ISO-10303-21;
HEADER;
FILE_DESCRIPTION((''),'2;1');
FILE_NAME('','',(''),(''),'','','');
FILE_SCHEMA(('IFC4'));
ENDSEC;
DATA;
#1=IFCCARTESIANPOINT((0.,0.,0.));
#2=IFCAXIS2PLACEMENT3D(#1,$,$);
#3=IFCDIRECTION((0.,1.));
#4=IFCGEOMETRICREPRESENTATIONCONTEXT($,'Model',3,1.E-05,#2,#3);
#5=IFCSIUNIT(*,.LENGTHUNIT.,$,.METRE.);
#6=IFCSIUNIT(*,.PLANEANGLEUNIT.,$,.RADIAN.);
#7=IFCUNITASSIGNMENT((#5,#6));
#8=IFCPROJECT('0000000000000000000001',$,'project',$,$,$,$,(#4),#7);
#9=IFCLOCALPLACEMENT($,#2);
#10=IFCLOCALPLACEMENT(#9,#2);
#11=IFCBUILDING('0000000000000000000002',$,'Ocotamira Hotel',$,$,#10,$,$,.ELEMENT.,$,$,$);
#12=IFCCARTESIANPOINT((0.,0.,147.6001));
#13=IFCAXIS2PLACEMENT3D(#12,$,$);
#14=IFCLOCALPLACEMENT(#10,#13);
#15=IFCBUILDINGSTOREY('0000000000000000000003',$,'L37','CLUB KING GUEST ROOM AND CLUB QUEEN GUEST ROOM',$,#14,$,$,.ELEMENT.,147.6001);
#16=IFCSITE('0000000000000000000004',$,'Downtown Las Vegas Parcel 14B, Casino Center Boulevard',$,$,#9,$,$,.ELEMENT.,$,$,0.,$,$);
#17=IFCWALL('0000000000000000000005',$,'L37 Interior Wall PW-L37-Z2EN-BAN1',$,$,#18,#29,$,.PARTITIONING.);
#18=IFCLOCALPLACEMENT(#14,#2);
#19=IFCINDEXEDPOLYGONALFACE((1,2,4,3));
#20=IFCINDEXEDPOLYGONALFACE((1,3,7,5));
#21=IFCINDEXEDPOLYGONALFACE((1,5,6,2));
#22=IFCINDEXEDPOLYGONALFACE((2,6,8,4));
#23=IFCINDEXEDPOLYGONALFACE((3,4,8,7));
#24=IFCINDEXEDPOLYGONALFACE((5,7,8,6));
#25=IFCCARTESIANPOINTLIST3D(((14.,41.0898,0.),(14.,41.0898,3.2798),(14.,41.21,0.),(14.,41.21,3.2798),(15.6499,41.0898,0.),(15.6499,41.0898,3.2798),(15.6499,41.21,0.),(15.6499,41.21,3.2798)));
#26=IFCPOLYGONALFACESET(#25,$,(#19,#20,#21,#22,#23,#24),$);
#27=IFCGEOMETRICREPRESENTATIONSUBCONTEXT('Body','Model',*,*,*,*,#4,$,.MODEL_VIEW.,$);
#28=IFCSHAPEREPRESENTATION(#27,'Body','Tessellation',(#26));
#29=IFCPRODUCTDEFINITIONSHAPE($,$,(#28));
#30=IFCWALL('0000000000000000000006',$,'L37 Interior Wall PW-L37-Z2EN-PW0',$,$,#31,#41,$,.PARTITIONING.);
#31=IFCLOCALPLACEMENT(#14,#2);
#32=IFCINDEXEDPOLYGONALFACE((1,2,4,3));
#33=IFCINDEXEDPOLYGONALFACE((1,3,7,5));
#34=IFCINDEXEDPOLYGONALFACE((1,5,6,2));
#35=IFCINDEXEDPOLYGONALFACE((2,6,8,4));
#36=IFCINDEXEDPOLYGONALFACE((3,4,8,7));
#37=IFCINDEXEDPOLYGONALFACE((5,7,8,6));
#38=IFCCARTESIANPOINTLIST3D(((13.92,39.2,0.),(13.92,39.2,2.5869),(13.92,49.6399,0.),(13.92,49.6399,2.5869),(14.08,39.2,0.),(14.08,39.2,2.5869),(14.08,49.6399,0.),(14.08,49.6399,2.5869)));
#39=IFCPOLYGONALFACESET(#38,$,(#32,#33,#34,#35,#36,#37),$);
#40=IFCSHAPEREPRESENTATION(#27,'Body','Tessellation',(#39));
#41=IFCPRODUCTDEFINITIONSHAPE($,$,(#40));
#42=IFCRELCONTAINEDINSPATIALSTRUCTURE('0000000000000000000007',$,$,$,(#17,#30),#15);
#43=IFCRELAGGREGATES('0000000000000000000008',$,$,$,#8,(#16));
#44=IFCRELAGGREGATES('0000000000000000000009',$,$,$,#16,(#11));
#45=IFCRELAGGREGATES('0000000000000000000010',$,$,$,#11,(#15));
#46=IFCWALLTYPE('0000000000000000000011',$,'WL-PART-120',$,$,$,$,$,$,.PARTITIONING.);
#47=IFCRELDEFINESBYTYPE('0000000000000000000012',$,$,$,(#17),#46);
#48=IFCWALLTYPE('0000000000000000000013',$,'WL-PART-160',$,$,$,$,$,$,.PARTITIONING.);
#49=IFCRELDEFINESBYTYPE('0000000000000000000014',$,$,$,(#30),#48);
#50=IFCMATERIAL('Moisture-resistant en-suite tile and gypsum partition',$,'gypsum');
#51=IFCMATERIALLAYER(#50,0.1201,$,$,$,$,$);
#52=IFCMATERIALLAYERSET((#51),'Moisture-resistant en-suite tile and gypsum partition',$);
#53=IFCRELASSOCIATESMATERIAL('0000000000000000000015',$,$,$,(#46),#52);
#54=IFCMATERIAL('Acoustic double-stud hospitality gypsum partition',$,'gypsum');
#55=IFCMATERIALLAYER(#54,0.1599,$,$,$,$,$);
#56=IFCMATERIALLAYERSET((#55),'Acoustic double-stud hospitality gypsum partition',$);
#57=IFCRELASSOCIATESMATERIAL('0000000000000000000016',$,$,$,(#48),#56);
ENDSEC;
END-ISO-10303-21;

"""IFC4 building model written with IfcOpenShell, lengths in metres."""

from ifc_helpers import new_model, si_unit, direction, frame, frame_2d, origin, place, context, subcontext, project, spatial, rectangle, extrude, material, layer, layer_set, type_object, element, save


model = new_model("IFC4")

# Units and contexts
model_context = context("Model", 3, precision=1e-05, world=origin(), true_north=direction((0.0, 1.0)))
body_context = subcontext(model_context, "Body", "Model", "MODEL_VIEW")
ifc_project = project(units=[si_unit("LENGTHUNIT", "METRE"), si_unit("PLANEANGLEUNIT", "RADIAN")], contexts=[model_context])

# Site, building, storey
site_placement = place(None, origin())
site = spatial("IfcSite", under=ifc_project, at=site_placement, Name="Downtown Las Vegas Parcel 14B, Casino Center Boulevard", CompositionType="ELEMENT", RefElevation=0.0)
building_placement = place(site_placement, origin())
building = spatial("IfcBuilding", under=site, at=building_placement, Name="Ocotamira Hotel", CompositionType="ELEMENT")
storey_placement = place(building_placement, frame((0.0, 0.0, 147.6001)))
storey = spatial("IfcBuildingStorey", under=building, at=storey_placement, Name="L37", Description="CLUB KING GUEST ROOM AND CLUB QUEEN GUEST ROOM", CompositionType="ELEMENT", Elevation=147.6001)

# Shared definitions
ifc_material_1 = material(Name="Moisture-resistant en-suite tile and gypsum partition", Category="gypsum")
ifc_layer_1 = layer(ifc_material_1, 0.1201)
ifc_layer_set_1 = layer_set([ifc_layer_1], Name="Moisture-resistant en-suite tile and gypsum partition")
wall_type_1 = type_object("IfcWallType", Name="WL-PART-120", PredefinedType="PARTITIONING", material=ifc_layer_set_1)

# Walls
wall_1_placement = place(storey_placement, frame((14.0, 41.1499, 0.0), z_axis=(0.0, 0.0, 1.0), x_axis=(1.0, 0.0, 0.0)))
element("IfcWall", 1, at=wall_1_placement, inside=storey, type_object=wall_type_1, Name="L37 Interior Wall PW-L37-Z2EN-BAN1", PredefinedType="PARTITIONING", context=body_context, shape_type="SweptSolid", body=[
    extrude(rectangle(XDim=1.6499, YDim=0.1201, at=frame_2d((0.825, 0.0))), origin(), (0.0, 0.0, 1.0), 3.2798),
])
ifc_material_2 = material(Name="Acoustic double-stud hospitality gypsum partition", Category="gypsum")
ifc_layer_2 = layer(ifc_material_2, 0.1599)
ifc_layer_set_2 = layer_set([ifc_layer_2], Name="Acoustic double-stud hospitality gypsum partition")
wall_type_2 = type_object("IfcWallType", Name="WL-PART-160", PredefinedType="PARTITIONING", material=ifc_layer_set_2)
wall_2_placement = place(storey_placement, frame((14.0, 39.2, 0.0), z_axis=(0.0, 0.0, 1.0), x_axis=(0.0, 1.0, 0.0)))
element("IfcWall", 2, at=wall_2_placement, inside=storey, type_object=wall_type_2, Name="L37 Interior Wall PW-L37-Z2EN-PW0", PredefinedType="PARTITIONING", context=body_context, shape_type="SweptSolid", body=[
    extrude(rectangle(XDim=10.4399, YDim=0.1599, at=frame_2d((5.22, 0.0))), origin(), (0.0, 0.0, 1.0), 2.5869),
])

save(model, "model.ifc")
